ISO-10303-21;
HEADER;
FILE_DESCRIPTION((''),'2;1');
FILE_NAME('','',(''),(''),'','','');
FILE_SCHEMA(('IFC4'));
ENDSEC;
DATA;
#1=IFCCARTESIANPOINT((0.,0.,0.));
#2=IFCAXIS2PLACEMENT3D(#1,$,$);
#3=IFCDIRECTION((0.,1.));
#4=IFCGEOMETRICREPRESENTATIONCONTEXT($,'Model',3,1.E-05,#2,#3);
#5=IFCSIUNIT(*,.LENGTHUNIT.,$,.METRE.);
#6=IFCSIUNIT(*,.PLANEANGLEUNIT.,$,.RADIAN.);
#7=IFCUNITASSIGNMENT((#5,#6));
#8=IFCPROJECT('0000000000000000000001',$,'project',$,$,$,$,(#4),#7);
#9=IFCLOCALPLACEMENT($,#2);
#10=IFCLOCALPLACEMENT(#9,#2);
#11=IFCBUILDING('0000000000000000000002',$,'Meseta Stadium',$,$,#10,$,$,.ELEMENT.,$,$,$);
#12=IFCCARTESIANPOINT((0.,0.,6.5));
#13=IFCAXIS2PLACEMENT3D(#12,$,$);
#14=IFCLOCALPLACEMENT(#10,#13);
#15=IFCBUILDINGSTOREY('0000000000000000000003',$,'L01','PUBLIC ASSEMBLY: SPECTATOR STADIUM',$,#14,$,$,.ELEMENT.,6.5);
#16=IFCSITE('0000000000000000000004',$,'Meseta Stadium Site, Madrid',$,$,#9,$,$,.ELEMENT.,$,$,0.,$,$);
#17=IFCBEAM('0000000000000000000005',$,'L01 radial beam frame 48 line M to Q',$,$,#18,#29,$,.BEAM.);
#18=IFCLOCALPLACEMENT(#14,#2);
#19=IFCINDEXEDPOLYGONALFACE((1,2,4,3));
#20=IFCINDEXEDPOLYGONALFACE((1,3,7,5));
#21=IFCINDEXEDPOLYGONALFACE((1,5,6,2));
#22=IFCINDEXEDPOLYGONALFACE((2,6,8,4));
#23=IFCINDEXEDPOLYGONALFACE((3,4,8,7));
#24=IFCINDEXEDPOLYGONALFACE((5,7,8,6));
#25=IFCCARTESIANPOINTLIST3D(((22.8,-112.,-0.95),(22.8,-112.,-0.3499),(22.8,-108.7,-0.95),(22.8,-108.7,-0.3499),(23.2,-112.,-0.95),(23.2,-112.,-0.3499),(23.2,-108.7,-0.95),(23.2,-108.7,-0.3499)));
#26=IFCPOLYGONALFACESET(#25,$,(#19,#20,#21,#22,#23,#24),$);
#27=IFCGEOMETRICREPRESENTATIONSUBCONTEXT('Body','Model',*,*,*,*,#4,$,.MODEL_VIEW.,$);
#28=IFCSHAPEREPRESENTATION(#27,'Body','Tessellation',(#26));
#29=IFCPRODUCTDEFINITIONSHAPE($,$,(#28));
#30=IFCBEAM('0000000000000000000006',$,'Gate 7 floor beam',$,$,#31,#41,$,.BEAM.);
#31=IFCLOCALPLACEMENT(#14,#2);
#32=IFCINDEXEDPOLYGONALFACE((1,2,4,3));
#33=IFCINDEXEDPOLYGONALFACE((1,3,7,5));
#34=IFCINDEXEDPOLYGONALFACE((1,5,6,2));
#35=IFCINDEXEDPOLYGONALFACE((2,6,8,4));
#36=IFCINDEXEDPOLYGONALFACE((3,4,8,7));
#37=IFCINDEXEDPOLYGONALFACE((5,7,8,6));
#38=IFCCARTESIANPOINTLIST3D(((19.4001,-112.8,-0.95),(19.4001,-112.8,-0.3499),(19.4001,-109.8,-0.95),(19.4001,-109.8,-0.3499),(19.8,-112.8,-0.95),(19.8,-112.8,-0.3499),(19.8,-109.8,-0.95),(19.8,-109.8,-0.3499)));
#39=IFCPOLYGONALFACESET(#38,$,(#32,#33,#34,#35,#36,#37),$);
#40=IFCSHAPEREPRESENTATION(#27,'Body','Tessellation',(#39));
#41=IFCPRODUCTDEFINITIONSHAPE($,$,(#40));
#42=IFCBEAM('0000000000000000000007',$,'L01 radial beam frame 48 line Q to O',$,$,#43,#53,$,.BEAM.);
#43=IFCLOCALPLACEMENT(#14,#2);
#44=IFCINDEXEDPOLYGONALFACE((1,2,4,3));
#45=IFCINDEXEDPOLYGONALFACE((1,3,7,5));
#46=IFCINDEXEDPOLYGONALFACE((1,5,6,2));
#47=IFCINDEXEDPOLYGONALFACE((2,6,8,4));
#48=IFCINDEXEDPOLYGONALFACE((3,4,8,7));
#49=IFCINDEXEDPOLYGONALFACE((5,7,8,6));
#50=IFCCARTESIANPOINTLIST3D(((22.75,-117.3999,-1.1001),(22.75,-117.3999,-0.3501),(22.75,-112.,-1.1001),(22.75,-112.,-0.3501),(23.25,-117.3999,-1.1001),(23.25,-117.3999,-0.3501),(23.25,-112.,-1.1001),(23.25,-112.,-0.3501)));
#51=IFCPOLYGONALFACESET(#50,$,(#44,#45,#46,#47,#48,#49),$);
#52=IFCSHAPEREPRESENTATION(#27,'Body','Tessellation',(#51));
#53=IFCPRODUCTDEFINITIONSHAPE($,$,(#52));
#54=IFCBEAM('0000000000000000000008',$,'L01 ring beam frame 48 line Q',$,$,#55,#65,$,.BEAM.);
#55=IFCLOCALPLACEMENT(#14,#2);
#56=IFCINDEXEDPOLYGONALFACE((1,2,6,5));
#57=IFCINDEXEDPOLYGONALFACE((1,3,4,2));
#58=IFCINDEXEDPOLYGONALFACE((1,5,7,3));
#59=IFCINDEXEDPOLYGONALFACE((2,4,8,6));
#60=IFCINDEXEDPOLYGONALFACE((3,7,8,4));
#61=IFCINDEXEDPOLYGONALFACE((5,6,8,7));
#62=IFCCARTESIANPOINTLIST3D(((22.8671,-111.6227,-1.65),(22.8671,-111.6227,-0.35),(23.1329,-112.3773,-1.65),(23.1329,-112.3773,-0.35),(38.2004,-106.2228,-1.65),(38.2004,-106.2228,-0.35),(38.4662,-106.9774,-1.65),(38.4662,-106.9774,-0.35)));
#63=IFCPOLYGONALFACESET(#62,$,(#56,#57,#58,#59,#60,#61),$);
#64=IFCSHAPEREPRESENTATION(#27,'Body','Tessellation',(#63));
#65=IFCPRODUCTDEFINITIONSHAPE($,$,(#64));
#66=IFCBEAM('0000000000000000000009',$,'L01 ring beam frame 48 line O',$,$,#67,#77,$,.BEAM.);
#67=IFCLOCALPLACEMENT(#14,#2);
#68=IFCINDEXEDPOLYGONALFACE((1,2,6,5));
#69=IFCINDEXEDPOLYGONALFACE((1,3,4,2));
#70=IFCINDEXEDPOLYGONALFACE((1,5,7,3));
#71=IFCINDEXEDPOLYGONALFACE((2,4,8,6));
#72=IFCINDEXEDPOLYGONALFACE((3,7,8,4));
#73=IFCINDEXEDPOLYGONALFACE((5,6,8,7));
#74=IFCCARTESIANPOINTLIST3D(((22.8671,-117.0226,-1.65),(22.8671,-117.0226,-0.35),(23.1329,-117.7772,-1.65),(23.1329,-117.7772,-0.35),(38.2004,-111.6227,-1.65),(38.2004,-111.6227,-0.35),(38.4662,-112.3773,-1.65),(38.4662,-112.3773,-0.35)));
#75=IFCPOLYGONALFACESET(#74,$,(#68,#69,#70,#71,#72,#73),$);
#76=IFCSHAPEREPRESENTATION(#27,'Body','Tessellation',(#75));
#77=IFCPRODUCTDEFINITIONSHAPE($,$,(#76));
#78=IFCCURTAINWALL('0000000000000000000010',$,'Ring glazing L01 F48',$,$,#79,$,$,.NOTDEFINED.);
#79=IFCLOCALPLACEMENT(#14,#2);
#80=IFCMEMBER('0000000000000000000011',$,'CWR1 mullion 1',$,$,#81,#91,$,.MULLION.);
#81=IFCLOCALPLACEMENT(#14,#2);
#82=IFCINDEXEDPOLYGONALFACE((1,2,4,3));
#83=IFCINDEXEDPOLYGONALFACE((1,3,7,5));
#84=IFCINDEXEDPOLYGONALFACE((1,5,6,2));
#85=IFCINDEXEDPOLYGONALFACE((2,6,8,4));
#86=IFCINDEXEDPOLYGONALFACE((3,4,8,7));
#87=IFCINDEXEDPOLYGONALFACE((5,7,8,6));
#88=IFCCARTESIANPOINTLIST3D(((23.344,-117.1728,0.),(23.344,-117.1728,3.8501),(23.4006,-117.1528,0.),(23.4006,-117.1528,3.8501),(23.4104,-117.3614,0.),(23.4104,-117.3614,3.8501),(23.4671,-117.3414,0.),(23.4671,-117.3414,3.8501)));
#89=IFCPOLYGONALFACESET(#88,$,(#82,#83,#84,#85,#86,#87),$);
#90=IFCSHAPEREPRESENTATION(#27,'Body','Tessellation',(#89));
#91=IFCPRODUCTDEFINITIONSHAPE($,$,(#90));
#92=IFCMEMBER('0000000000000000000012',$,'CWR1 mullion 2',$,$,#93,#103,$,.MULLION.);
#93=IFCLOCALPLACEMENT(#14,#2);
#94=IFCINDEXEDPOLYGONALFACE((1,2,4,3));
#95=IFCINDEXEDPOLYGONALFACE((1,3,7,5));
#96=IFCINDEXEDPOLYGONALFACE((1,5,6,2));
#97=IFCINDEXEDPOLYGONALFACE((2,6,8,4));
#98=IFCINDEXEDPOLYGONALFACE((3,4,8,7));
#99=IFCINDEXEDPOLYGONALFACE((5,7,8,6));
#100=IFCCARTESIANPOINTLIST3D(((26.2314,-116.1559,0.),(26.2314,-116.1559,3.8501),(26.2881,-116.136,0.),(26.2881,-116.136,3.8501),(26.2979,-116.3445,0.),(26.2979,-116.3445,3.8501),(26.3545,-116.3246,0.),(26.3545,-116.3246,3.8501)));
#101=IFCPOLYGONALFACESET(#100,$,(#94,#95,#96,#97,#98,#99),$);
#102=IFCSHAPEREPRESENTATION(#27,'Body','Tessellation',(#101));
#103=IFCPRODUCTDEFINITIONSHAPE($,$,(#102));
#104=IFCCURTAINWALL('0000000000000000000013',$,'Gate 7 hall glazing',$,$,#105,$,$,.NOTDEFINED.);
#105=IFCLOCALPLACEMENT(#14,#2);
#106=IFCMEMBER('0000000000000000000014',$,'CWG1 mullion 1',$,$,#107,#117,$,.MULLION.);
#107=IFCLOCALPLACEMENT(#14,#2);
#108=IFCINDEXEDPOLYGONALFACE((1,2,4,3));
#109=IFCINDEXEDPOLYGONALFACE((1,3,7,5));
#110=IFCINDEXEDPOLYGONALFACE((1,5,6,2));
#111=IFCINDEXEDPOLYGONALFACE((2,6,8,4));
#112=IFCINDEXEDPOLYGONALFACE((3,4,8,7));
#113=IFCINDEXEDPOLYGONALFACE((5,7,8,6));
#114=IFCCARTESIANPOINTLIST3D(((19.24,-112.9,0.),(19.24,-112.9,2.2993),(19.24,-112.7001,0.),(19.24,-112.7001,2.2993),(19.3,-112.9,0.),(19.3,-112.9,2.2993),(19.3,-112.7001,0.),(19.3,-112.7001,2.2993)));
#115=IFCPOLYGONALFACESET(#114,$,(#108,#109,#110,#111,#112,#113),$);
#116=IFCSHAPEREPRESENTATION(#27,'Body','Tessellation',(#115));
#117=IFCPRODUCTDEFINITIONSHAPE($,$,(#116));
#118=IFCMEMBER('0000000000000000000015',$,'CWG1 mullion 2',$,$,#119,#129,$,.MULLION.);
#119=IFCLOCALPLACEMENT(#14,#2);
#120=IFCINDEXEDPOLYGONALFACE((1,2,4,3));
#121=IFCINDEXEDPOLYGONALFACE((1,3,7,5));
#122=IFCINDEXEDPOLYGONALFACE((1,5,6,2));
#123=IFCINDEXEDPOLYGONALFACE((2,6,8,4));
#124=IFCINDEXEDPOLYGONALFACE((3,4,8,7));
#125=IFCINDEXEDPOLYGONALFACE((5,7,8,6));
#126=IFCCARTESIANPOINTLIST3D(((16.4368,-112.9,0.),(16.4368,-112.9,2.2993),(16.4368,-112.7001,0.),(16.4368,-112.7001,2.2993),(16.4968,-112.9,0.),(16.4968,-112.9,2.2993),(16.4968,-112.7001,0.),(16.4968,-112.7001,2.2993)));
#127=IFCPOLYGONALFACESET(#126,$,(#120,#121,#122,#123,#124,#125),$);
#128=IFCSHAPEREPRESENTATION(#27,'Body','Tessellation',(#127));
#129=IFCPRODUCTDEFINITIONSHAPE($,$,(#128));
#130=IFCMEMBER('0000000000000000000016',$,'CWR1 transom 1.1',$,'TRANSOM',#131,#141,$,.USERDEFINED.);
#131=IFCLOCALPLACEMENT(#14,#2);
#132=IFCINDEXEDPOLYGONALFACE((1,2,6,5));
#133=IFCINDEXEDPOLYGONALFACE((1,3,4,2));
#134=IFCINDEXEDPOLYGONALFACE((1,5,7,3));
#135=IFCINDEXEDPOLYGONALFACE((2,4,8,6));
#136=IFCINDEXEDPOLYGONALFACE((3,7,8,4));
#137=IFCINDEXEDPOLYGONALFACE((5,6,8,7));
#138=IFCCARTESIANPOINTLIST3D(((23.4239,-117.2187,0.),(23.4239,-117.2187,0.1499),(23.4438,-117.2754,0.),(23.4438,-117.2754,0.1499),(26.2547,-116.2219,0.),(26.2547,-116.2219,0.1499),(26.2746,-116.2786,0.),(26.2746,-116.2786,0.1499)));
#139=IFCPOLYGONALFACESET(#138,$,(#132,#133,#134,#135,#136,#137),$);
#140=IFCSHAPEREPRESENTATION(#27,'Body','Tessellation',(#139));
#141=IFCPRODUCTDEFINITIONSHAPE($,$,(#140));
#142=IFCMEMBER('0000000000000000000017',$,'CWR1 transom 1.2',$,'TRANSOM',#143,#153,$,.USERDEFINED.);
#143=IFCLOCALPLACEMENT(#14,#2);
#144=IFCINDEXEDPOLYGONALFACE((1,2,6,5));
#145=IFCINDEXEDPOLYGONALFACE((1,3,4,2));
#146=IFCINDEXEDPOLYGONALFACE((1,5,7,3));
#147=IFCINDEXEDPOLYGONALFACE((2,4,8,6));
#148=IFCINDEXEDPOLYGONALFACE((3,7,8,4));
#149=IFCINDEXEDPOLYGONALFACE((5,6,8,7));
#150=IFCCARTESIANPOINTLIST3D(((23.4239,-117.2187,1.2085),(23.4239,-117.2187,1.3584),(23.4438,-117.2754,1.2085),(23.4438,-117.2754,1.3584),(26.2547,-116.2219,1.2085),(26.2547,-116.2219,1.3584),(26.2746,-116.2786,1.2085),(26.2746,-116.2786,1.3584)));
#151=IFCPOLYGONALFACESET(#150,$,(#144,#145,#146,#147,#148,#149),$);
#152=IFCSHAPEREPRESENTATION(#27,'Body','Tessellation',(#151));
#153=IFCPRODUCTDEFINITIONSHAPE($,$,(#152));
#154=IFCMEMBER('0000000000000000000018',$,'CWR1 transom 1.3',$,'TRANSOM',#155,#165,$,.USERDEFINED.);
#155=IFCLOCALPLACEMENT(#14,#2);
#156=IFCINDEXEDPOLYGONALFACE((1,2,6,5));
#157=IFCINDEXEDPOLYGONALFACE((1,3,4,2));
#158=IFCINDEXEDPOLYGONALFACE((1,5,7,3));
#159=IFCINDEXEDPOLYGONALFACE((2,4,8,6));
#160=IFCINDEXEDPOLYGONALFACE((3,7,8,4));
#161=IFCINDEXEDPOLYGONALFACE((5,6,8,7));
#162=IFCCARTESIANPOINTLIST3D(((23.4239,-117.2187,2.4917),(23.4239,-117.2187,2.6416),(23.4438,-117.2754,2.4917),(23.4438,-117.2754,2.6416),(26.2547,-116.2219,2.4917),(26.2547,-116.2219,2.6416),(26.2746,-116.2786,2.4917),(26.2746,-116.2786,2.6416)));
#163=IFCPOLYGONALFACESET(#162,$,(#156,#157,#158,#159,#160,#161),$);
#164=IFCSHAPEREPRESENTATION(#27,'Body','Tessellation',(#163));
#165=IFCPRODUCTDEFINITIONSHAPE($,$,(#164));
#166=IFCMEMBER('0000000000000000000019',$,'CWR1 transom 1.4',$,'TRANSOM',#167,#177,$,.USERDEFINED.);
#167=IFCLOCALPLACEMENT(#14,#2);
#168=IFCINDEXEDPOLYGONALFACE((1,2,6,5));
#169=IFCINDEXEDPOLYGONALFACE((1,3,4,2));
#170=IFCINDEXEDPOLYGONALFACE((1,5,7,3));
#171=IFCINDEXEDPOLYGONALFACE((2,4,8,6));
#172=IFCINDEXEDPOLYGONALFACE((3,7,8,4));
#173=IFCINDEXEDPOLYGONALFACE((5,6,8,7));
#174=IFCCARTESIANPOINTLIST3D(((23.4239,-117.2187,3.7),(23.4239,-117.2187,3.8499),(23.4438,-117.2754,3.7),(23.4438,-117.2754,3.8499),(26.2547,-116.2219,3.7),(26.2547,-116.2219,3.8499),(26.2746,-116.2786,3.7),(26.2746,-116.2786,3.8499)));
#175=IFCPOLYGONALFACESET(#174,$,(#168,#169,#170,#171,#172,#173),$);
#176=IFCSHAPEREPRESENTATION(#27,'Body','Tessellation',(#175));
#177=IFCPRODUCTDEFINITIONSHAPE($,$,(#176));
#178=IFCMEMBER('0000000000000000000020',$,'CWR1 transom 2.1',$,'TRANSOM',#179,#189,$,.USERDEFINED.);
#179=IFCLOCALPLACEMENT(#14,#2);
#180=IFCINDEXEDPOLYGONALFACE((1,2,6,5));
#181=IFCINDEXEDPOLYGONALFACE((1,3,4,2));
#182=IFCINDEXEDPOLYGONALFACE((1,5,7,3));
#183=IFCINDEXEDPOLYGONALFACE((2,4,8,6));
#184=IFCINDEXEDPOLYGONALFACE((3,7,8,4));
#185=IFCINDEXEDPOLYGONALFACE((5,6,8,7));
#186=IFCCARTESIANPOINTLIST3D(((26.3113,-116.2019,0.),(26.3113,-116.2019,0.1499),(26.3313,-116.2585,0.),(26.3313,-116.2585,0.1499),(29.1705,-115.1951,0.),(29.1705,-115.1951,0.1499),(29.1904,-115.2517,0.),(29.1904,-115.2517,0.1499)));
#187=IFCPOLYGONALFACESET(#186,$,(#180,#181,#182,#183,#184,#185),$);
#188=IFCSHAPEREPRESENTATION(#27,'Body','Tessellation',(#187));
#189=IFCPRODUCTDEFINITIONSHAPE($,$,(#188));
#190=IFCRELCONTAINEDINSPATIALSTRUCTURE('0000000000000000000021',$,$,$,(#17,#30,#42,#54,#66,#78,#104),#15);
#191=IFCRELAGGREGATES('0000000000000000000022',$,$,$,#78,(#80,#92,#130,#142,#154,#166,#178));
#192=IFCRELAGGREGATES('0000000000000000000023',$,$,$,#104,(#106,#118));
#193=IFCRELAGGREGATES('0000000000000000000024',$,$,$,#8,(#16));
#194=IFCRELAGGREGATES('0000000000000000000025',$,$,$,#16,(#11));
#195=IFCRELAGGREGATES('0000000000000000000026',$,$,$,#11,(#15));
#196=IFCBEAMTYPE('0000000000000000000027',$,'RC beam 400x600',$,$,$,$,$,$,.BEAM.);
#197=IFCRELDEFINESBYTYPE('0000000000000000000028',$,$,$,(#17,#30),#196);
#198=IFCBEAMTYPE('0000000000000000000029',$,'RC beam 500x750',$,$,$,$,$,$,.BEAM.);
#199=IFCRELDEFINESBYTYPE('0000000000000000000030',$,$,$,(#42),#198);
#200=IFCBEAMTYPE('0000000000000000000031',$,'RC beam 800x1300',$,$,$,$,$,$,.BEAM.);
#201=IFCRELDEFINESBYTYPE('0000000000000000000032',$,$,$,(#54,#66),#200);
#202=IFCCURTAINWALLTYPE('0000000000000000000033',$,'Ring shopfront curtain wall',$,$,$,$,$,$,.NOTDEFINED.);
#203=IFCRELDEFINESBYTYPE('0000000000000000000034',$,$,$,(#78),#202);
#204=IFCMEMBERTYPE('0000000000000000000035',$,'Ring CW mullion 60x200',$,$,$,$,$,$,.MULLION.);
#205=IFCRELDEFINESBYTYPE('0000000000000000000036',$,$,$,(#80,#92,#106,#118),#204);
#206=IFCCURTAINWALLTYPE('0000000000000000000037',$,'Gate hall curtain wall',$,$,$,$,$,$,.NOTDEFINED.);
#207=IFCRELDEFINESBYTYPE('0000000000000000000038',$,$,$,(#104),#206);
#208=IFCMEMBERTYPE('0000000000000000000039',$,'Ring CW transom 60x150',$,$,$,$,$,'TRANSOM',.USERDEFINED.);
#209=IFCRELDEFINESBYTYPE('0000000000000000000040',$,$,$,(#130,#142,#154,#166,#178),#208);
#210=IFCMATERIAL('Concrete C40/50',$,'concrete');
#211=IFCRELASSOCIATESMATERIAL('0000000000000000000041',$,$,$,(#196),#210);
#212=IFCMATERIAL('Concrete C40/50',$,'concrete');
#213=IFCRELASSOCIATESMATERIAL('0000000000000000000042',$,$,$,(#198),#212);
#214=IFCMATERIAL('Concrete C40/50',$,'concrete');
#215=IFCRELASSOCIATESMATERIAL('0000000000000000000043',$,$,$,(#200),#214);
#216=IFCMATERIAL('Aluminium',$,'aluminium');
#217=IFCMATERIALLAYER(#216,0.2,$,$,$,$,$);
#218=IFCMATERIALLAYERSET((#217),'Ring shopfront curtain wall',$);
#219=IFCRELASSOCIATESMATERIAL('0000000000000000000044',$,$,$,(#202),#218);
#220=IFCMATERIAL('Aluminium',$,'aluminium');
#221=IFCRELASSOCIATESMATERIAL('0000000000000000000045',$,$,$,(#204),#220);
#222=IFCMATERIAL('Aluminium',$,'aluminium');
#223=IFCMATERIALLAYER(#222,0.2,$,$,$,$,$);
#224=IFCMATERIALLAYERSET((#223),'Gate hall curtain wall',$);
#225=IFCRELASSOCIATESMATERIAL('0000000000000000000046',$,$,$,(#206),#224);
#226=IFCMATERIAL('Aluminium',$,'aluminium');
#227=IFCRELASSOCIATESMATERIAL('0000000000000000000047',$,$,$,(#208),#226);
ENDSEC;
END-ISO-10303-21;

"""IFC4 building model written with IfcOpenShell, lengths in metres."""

from ifc_helpers import new_model, si_unit, direction, frame, origin, origin_2d, place, context, subcontext, project, spatial, rectangle, extrude, material, layer, layer_set, material_profile, profile_set, type_object, element, aggregate, save


model = new_model("IFC4")

# Units and contexts
model_context = context("Model", 3, precision=1e-05, world=origin(), true_north=direction((0.0, 1.0)))
body_context = subcontext(model_context, "Body", "Model", "MODEL_VIEW")
ifc_project = project(units=[si_unit("LENGTHUNIT", "METRE"), si_unit("PLANEANGLEUNIT", "RADIAN")], contexts=[model_context])

# Site, building, storey
site_placement = place(None, origin())
site = spatial("IfcSite", under=ifc_project, at=site_placement, Name="Meseta Stadium Site, Madrid", CompositionType="ELEMENT", RefElevation=0.0)
building_placement = place(site_placement, origin())
building = spatial("IfcBuilding", under=site, at=building_placement, Name="Meseta Stadium", CompositionType="ELEMENT")
storey_placement = place(building_placement, frame((0.0, 0.0, 6.5)))
storey = spatial("IfcBuildingStorey", under=building, at=storey_placement, Name="L01", Description="PUBLIC ASSEMBLY: SPECTATOR STADIUM", CompositionType="ELEMENT", Elevation=6.5)

# Beams
ifc_material_1 = material(Name="Concrete C40/50", Category="concrete")
ifc_material_profile_1 = material_profile(ifc_material_1, rectangle(XDim=0.3999, YDim=0.6001, at=origin_2d()), Name="RC 400x600")
ifc_profile_set_1 = profile_set([ifc_material_profile_1], Name="Concrete C40/50")
beam_type_1 = type_object("IfcBeamType", Name="RC beam 400x600", PredefinedType="BEAM", material=ifc_profile_set_1)
beam_1_placement = place(storey_placement, frame((23.0, -108.7, -0.6499), z_axis=(0.0, -1.0, 0.0), x_axis=(1.0, 0.0, 0.0)))
element("IfcBeam", 1, at=beam_1_placement, inside=storey, type_object=beam_type_1, Name="L01 radial beam frame 48 line M to Q", PredefinedType="BEAM", context=body_context, shape_type="SweptSolid", body=[
    extrude(rectangle(XDim=0.3999, YDim=0.6001, at=origin_2d()), origin(), (0.0, 0.0, 1.0), 3.3),
])
beam_2_placement = place(storey_placement, frame((19.6001, -109.8, -0.6499), z_axis=(0.0, -1.0, 0.0), x_axis=(1.0, 0.0, 0.0)))
element("IfcBeam", 2, at=beam_2_placement, inside=storey, type_object=beam_type_1, Name="Gate 7 floor beam", PredefinedType="BEAM", context=body_context, shape_type="SweptSolid", body=[
    extrude(rectangle(XDim=0.3999, YDim=0.6001, at=origin_2d()), origin(), (0.0, 0.0, 1.0), 3.0),
])
ifc_material_2 = material(Name="Concrete C40/50", Category="concrete")
ifc_material_profile_2 = material_profile(ifc_material_2, rectangle(XDim=0.5, YDim=0.75, at=origin_2d()), Name="RC 500x750")
ifc_profile_set_2 = profile_set([ifc_material_profile_2], Name="Concrete C40/50")
beam_type_2 = type_object("IfcBeamType", Name="RC beam 500x750", PredefinedType="BEAM", material=ifc_profile_set_2)
beam_3_placement = place(storey_placement, frame((23.0, -112.0, -0.7251), z_axis=(0.0, -1.0, 0.0), x_axis=(1.0, 0.0, 0.0)))
element("IfcBeam", 3, at=beam_3_placement, inside=storey, type_object=beam_type_2, Name="L01 radial beam frame 48 line Q to O", PredefinedType="BEAM", context=body_context, shape_type="SweptSolid", body=[
    extrude(rectangle(XDim=0.5, YDim=0.75, at=origin_2d()), origin(), (0.0, 0.0, 1.0), 5.3999),
])
ifc_material_3 = material(Name="Concrete C40/50", Category="concrete")
ifc_material_profile_3 = material_profile(ifc_material_3, rectangle(XDim=0.8, YDim=1.3, at=origin_2d()), Name="RC 800x1300")
ifc_profile_set_3 = profile_set([ifc_material_profile_3], Name="Concrete C40/50")
beam_type_3 = type_object("IfcBeamType", Name="RC beam 800x1300", PredefinedType="BEAM", material=ifc_profile_set_3)
for number, where, z_axis, x_axis, name in (
    (4, (23.0, -112.0, -1.0), (0.943219, 0.332173, 0.0), (-0.332173, 0.943219, 0.0), "L01 ring beam frame 48 line Q"),
    (5, (23.0, -117.3999, -1.0), (0.943219, 0.332173, 0.0), (-0.332173, 0.943219, 0.0), "L01 ring beam frame 48 line O"),
):
    element("IfcBeam", number, at=place(storey_placement, frame(where, z_axis=z_axis, x_axis=x_axis)), inside=storey, type_object=beam_type_3, Name=name, PredefinedType="BEAM", context=body_context, shape_type="SweptSolid", body=[
        extrude(rectangle(XDim=0.8, YDim=1.3, at=origin_2d()), origin(), (0.0, 0.0, 1.0), 16.2563),
    ])

# Curtain walls, members
ifc_material_4 = material(Name="Aluminium", Category="aluminium")
ifc_layer_1 = layer(ifc_material_4, 0.2)
ifc_layer_set_1 = layer_set([ifc_layer_1], Name="Ring shopfront curtain wall")
curtain_wall_type_1 = type_object("IfcCurtainWallType", Name="Ring shopfront curtain wall", PredefinedType="NOTDEFINED", material=ifc_layer_set_1)
curtain_wall_1_placement = place(storey_placement, origin())
curtain_wall_1 = element("IfcCurtainWall", 6, at=curtain_wall_1_placement, inside=storey, type_object=curtain_wall_type_1, Name="Ring glazing L01 F48", PredefinedType="NOTDEFINED")
ifc_material_5 = material(Name="Aluminium", Category="aluminium")
ifc_material_profile_4 = material_profile(ifc_material_5, rectangle(XDim=0.2, YDim=0.0601, at=origin_2d()), Name="CW 200x60")
ifc_profile_set_4 = profile_set([ifc_material_profile_4], Name="Aluminium")
member_type_1 = type_object("IfcMemberType", Name="Ring CW mullion 60x200", PredefinedType="MULLION", material=ifc_profile_set_4)
member_1_placement = place(storey_placement, frame((23.4055, -117.2571, 0.0), z_axis=(0.0, 0.0, 1.0), x_axis=(-0.332174, 0.943218, 0.0)))
member_1 = element("IfcMember", 7, at=member_1_placement, type_object=member_type_1, Name="CWR1 mullion 1", PredefinedType="MULLION", context=body_context, shape_type="SweptSolid", body=[
    extrude(rectangle(XDim=0.2, YDim=0.0601, at=origin_2d()), origin(), (0.0, 0.0, 1.0), 3.8501),
])
member_2_placement = place(storey_placement, frame((26.293, -116.2402, 0.0), z_axis=(0.0, 0.0, 1.0), x_axis=(-0.332174, 0.943218, 0.0)))
member_2 = element("IfcMember", 8, at=member_2_placement, type_object=member_type_1, Name="CWR1 mullion 2", PredefinedType="MULLION", context=body_context, shape_type="SweptSolid", body=[
    extrude(rectangle(XDim=0.2, YDim=0.0601, at=origin_2d()), origin(), (0.0, 0.0, 1.0), 3.8501),
])
ifc_material_6 = material(Name="Aluminium", Category="aluminium")
ifc_layer_2 = layer(ifc_material_6, 0.2)
ifc_layer_set_2 = layer_set([ifc_layer_2], Name="Gate hall curtain wall")
curtain_wall_type_2 = type_object("IfcCurtainWallType", Name="Gate hall curtain wall", PredefinedType="NOTDEFINED", material=ifc_layer_set_2)
curtain_wall_2_placement = place(storey_placement, origin())
curtain_wall_2 = element("IfcCurtainWall", 9, at=curtain_wall_2_placement, inside=storey, type_object=curtain_wall_type_2, Name="Gate 7 hall glazing", PredefinedType="NOTDEFINED")
member_3_placement = place(storey_placement, frame((19.27, -112.8, 0.0), z_axis=(0.0, 0.0, 1.0), x_axis=(0.0, -1.0, 0.0)))
member_3 = element("IfcMember", 10, at=member_3_placement, type_object=member_type_1, Name="CWG1 mullion 1", PredefinedType="MULLION", context=body_context, shape_type="SweptSolid", body=[
    extrude(rectangle(XDim=0.2, YDim=0.0601, at=origin_2d()), origin(), (0.0, 0.0, 1.0), 2.2993),
])
member_4_placement = place(storey_placement, frame((16.4668, -112.8, 0.0), z_axis=(0.0, 0.0, 1.0), x_axis=(0.0, -1.0, 0.0)))
member_4 = element("IfcMember", 11, at=member_4_placement, type_object=member_type_1, Name="CWG1 mullion 2", PredefinedType="MULLION", context=body_context, shape_type="SweptSolid", body=[
    extrude(rectangle(XDim=0.2, YDim=0.0601, at=origin_2d()), origin(), (0.0, 0.0, 1.0), 2.2993),
])

# Members
ifc_material_7 = material(Name="Aluminium", Category="aluminium")
ifc_material_profile_5 = material_profile(ifc_material_7, rectangle(XDim=0.0601, YDim=0.1499, at=origin_2d()), Name="CW 60x150")
ifc_profile_set_5 = profile_set([ifc_material_profile_5], Name="Aluminium")
member_type_2 = type_object("IfcMemberType", Name="Ring CW transom 60x150", ElementType="TRANSOM", PredefinedType="USERDEFINED", material=ifc_profile_set_5)
member_5_placement = place(storey_placement, frame((23.4338, -117.2471, 0.075), z_axis=(0.943229, 0.332143, 0.0), x_axis=(-0.332143, 0.943229, 0.0)))
member_5 = element("IfcMember", 12, at=member_5_placement, type_object=member_type_2, Name="CWR1 transom 1.1", ObjectType="TRANSOM", PredefinedType="USERDEFINED", context=body_context, shape_type="SweptSolid", body=[
    extrude(rectangle(XDim=0.0601, YDim=0.1499, at=origin_2d()), origin(), (0.0, 0.0, 1.0), 3.0012),
])
member_6_placement = place(storey_placement, frame((23.4338, -117.2471, 1.2834), z_axis=(0.943229, 0.332143, 0.0), x_axis=(-0.332143, 0.943229, 0.0)))
member_6 = element("IfcMember", 13, at=member_6_placement, type_object=member_type_2, Name="CWR1 transom 1.2", ObjectType="TRANSOM", PredefinedType="USERDEFINED", context=body_context, shape_type="SweptSolid", body=[
    extrude(rectangle(XDim=0.0601, YDim=0.1499, at=origin_2d()), origin(), (0.0, 0.0, 1.0), 3.0012),
])
member_7_placement = place(storey_placement, frame((23.4338, -117.2471, 2.5667), z_axis=(0.943229, 0.332143, 0.0), x_axis=(-0.332143, 0.943229, 0.0)))
member_7 = element("IfcMember", 14, at=member_7_placement, type_object=member_type_2, Name="CWR1 transom 1.3", ObjectType="TRANSOM", PredefinedType="USERDEFINED", context=body_context, shape_type="SweptSolid", body=[
    extrude(rectangle(XDim=0.0601, YDim=0.1499, at=origin_2d()), origin(), (0.0, 0.0, 1.0), 3.0012),
])
member_8_placement = place(storey_placement, frame((23.4338, -117.2471, 3.7749), z_axis=(0.943229, 0.332143, 0.0), x_axis=(-0.332143, 0.943229, 0.0)))
member_8 = element("IfcMember", 15, at=member_8_placement, type_object=member_type_2, Name="CWR1 transom 1.4", ObjectType="TRANSOM", PredefinedType="USERDEFINED", context=body_context, shape_type="SweptSolid", body=[
    extrude(rectangle(XDim=0.0601, YDim=0.1499, at=origin_2d()), origin(), (0.0, 0.0, 1.0), 3.0012),
])
member_9_placement = place(storey_placement, frame((26.3213, -116.2302, 0.075), z_axis=(0.943225, 0.332154, 0.0), x_axis=(-0.332154, 0.943225, 0.0)))
member_9 = element("IfcMember", 16, at=member_9_placement, type_object=member_type_2, Name="CWR1 transom 2.1", ObjectType="TRANSOM", PredefinedType="USERDEFINED", context=body_context, shape_type="SweptSolid", body=[
    extrude(rectangle(XDim=0.0601, YDim=0.1499, at=origin_2d()), origin(), (0.0, 0.0, 1.0), 3.0312),
])

aggregate(curtain_wall_1, [member_1, member_2, member_5, member_6, member_7, member_8, member_9])
aggregate(curtain_wall_2, [member_3, member_4])

save(model, "model.ifc")
